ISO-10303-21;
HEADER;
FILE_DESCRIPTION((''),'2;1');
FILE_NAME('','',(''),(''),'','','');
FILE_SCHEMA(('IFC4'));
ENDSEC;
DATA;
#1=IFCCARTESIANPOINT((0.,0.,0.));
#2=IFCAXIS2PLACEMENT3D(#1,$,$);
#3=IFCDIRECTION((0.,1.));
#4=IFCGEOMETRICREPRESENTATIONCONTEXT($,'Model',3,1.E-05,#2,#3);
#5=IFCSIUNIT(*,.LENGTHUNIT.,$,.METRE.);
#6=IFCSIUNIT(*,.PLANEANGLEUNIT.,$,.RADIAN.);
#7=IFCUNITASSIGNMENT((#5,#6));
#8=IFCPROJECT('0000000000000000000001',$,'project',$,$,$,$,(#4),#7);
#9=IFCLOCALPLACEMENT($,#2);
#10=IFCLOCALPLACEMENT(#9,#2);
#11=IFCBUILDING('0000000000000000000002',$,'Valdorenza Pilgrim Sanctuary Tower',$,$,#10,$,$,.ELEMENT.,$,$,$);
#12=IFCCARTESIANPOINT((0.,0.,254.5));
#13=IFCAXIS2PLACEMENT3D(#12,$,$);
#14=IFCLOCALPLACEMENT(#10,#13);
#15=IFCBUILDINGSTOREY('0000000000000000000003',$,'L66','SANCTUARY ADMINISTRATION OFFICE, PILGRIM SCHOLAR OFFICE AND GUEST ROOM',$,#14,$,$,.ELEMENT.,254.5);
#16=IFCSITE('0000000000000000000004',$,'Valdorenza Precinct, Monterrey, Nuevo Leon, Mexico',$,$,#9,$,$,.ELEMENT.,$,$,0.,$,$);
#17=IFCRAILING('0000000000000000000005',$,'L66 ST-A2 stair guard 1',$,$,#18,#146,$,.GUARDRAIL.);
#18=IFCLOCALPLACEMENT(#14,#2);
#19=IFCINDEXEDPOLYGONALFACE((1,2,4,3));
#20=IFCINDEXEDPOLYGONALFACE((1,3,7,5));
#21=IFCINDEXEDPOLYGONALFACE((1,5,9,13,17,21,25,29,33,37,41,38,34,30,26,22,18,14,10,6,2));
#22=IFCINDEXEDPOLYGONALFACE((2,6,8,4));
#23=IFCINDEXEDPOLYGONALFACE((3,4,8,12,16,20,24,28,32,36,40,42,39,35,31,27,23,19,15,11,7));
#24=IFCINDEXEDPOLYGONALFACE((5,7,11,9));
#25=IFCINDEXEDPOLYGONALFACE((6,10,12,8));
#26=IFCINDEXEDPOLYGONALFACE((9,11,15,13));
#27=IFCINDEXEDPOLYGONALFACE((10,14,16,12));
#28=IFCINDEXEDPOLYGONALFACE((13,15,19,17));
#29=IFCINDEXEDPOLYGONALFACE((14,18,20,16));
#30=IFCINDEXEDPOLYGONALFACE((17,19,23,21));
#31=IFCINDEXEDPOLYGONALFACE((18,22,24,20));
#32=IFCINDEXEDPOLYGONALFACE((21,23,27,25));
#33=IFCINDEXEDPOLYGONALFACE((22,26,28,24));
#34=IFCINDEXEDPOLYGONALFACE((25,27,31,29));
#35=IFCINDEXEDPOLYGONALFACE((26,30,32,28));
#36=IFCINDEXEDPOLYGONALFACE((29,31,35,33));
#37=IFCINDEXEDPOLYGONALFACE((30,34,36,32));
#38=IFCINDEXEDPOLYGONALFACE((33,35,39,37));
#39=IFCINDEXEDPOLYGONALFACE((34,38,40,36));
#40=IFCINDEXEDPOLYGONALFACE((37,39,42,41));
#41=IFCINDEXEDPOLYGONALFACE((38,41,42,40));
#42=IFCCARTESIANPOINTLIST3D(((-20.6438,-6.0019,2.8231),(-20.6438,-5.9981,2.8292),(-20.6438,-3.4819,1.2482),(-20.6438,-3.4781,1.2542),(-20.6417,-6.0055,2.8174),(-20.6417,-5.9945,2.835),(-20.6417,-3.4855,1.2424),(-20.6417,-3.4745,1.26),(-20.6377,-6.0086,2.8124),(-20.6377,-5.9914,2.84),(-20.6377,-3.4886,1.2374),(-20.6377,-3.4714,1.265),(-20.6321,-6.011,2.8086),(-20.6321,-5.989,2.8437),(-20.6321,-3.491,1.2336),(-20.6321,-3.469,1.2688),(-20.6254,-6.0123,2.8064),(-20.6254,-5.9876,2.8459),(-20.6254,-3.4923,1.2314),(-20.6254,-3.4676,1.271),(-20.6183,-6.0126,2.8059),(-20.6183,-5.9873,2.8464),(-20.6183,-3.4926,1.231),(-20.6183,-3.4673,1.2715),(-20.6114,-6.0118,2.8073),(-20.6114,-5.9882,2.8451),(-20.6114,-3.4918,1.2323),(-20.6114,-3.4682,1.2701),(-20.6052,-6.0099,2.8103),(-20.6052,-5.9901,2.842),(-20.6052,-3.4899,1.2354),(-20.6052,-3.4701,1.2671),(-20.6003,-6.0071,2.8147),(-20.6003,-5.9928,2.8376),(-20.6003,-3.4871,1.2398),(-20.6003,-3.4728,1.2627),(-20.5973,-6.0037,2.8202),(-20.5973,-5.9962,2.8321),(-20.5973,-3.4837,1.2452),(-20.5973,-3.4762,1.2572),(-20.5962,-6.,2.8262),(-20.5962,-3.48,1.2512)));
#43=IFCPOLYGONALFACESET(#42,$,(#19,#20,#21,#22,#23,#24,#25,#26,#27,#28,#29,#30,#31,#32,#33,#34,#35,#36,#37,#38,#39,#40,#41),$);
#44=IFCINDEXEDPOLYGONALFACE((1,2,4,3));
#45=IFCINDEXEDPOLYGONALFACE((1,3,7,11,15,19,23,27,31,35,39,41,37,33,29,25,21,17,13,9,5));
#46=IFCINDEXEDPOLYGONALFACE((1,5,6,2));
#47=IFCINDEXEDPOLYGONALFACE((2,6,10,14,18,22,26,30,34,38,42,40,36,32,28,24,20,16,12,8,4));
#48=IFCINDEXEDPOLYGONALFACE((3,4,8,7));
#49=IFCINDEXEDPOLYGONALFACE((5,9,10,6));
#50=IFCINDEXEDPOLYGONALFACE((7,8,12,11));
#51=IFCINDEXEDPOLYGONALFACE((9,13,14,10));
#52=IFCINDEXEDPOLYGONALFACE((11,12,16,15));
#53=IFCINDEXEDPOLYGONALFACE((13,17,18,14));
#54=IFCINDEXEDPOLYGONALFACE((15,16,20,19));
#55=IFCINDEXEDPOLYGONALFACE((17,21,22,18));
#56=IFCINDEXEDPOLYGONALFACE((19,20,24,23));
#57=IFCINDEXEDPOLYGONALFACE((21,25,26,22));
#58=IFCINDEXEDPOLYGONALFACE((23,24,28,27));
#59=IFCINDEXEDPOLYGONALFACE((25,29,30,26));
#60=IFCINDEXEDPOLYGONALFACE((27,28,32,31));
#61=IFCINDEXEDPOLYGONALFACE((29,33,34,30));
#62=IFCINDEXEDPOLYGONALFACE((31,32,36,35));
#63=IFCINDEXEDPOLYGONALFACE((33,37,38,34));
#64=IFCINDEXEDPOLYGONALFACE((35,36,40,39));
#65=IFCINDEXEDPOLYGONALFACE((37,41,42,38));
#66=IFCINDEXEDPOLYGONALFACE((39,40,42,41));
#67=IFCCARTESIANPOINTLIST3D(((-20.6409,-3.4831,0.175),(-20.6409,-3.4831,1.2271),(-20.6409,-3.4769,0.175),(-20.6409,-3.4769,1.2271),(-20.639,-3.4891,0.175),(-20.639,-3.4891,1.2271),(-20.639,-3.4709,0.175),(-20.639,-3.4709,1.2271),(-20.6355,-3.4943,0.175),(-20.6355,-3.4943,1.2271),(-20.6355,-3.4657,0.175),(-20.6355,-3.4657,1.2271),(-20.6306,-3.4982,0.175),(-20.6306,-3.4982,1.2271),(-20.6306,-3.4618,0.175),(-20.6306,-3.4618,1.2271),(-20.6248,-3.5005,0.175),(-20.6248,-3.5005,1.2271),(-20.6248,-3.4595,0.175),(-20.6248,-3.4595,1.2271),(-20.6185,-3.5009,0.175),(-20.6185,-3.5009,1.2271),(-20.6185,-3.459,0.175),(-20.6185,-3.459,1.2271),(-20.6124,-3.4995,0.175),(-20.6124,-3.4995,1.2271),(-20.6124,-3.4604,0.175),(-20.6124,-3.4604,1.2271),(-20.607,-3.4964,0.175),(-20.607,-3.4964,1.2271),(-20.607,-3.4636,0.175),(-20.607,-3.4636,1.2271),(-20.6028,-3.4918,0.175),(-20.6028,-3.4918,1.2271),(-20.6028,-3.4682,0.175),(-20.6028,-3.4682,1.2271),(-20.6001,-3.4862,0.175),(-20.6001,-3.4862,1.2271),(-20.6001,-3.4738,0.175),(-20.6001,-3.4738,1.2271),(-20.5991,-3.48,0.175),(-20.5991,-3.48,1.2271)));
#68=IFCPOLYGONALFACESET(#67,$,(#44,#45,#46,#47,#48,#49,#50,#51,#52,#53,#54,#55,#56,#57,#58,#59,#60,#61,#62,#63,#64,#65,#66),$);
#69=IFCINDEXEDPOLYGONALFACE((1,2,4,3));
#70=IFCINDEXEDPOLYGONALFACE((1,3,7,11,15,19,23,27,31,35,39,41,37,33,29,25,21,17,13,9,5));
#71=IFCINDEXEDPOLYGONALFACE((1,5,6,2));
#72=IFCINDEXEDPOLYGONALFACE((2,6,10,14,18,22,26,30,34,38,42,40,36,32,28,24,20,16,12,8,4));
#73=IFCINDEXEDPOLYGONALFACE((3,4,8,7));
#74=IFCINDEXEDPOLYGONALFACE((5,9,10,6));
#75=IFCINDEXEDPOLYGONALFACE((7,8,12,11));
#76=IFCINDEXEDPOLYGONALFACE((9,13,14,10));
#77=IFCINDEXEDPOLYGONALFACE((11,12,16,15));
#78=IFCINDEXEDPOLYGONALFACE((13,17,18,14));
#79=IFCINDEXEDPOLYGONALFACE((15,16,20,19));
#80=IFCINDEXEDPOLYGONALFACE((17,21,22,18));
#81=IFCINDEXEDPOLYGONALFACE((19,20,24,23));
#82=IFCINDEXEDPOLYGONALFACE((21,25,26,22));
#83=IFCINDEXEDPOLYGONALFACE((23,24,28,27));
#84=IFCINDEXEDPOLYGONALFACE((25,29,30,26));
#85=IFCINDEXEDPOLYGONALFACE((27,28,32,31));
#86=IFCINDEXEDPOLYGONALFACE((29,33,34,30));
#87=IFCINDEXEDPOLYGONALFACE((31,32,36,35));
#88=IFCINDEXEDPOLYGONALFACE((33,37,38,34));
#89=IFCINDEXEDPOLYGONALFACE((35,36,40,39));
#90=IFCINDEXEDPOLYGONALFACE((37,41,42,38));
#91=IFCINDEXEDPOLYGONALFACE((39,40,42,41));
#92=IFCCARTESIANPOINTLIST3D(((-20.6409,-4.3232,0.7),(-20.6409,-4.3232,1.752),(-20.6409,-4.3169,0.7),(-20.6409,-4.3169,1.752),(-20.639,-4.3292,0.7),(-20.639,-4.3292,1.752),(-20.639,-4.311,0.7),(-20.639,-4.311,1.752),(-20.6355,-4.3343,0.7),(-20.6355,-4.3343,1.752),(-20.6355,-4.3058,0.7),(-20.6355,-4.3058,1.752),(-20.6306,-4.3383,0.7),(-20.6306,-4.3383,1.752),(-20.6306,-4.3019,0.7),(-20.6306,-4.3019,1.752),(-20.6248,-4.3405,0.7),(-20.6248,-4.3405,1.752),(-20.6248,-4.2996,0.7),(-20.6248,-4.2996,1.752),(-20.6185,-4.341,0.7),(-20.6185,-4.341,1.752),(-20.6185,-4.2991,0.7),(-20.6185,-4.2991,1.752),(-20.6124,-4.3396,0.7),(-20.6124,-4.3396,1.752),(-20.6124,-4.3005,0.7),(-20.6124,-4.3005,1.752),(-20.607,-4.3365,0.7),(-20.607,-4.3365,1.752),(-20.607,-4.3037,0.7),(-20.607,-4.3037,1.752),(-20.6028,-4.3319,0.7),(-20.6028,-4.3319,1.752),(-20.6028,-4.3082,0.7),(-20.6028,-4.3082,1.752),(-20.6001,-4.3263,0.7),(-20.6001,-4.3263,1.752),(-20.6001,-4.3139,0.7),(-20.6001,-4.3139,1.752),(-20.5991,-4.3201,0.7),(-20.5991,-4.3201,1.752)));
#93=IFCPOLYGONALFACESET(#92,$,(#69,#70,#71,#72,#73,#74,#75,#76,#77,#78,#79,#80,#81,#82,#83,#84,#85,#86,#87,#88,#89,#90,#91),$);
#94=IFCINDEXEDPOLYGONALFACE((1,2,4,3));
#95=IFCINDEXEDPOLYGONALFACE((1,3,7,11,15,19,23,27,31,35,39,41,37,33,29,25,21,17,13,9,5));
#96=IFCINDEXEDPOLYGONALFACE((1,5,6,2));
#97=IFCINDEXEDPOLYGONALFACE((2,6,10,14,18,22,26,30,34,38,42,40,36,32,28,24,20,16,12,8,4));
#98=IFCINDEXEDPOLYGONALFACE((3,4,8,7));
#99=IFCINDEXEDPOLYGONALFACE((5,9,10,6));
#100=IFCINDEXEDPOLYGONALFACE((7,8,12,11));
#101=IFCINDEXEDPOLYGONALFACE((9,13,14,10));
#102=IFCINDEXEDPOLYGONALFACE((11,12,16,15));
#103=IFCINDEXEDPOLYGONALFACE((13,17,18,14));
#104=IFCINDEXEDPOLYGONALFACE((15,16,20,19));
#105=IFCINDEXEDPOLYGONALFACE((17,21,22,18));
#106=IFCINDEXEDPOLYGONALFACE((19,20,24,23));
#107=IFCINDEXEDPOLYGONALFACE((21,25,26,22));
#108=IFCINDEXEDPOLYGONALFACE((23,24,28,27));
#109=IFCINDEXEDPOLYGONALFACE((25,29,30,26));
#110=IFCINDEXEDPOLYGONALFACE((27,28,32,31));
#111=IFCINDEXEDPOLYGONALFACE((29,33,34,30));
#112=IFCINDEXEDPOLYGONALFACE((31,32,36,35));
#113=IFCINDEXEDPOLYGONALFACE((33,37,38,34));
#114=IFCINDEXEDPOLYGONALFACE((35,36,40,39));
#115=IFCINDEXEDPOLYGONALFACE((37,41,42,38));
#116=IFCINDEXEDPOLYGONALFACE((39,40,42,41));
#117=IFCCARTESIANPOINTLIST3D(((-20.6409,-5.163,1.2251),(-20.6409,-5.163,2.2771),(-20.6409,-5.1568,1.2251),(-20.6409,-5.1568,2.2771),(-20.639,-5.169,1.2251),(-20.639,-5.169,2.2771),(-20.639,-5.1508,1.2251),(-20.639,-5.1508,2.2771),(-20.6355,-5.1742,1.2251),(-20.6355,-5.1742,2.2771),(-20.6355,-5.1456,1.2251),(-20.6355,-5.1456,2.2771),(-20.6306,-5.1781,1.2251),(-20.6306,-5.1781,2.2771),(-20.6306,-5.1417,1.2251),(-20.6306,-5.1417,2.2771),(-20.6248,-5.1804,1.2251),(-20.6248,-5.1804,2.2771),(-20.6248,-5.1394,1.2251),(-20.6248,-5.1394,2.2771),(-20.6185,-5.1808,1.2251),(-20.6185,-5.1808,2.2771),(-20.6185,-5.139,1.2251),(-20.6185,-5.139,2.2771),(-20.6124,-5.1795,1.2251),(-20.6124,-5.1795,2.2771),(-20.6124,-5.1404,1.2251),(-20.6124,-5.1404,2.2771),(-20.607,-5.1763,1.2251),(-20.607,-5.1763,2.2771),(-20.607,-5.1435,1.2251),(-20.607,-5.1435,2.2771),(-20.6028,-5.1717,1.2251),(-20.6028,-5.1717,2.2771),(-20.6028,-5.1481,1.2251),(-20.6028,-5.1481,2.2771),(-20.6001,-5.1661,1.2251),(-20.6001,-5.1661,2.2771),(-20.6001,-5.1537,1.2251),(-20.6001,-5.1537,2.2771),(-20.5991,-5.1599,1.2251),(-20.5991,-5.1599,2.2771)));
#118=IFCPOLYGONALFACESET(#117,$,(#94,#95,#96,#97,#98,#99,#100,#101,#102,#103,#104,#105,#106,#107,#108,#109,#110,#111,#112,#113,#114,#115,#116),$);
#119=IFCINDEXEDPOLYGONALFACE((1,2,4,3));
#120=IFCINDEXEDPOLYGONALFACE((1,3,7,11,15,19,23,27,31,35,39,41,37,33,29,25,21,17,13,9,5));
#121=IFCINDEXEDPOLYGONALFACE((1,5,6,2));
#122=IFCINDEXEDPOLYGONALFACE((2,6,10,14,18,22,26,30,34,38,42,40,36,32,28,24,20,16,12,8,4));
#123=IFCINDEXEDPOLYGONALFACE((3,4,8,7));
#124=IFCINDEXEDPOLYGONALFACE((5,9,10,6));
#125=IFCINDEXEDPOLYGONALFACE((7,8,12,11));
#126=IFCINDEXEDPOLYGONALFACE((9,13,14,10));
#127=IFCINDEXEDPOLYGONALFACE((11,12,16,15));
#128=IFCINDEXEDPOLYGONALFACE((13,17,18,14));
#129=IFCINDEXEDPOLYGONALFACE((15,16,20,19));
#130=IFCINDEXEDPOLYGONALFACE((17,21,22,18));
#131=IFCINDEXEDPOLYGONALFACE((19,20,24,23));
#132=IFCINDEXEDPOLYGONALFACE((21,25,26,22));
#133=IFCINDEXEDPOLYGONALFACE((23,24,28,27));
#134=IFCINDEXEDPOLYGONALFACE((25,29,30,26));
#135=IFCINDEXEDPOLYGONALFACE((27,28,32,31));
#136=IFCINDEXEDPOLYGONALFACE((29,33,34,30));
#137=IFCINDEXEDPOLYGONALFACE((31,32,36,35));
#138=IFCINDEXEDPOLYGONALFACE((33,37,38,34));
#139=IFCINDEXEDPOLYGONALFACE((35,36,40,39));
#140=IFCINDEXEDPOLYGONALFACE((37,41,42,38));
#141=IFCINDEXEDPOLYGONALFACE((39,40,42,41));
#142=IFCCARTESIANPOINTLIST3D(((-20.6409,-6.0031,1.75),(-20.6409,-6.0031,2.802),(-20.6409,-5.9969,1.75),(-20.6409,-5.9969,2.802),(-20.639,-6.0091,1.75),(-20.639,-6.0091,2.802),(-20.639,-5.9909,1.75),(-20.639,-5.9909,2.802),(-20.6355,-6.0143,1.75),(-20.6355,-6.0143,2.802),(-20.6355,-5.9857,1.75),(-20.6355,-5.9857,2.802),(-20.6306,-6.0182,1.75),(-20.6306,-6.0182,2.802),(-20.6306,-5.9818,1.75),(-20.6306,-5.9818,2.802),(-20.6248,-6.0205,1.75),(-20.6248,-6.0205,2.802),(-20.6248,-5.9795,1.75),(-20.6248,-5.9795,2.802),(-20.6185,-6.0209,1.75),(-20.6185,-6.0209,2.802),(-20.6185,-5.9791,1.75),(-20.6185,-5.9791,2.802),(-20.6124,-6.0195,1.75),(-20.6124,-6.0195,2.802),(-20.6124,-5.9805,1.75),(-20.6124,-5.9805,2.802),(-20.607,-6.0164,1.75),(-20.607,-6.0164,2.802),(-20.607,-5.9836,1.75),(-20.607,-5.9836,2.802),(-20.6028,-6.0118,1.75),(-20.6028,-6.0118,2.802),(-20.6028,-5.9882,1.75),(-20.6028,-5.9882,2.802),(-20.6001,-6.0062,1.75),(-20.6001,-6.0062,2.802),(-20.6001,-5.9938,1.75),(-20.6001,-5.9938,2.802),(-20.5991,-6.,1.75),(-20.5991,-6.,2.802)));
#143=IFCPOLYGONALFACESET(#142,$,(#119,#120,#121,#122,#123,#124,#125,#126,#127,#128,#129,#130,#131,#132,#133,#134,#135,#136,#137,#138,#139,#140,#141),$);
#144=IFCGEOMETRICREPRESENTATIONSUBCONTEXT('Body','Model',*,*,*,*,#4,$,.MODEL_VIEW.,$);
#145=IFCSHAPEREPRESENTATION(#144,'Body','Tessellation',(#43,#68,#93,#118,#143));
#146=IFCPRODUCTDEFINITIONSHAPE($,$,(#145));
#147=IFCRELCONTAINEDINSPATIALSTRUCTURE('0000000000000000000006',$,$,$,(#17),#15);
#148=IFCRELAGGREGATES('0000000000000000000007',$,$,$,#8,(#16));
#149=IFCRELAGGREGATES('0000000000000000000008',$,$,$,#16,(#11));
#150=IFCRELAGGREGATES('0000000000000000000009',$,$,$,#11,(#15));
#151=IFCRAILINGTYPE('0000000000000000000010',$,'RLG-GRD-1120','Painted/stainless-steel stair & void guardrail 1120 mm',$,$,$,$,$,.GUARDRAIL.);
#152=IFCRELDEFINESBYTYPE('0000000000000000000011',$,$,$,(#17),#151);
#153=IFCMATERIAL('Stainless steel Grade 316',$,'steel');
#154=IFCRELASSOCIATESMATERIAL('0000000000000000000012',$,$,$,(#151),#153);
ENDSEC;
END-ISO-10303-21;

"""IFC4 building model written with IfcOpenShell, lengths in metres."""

from ifc_helpers import new_model, si_unit, direction, frame, origin, origin_2d, place, context, subcontext, project, spatial, circle, extrude, material, type_object, element, save


model = new_model("IFC4")

# Units and contexts
model_context = context("Model", 3, precision=1e-05, world=origin(), true_north=direction((0.0, 1.0)))
body_context = subcontext(model_context, "Body", "Model", "MODEL_VIEW")
ifc_project = project(units=[si_unit("LENGTHUNIT", "METRE"), si_unit("PLANEANGLEUNIT", "RADIAN")], contexts=[model_context])

# Site, building, storey
site_placement = place(None, origin())
site = spatial("IfcSite", under=ifc_project, at=site_placement, Name="Valdorenza Precinct, Monterrey, Nuevo Leon, Mexico", CompositionType="ELEMENT", RefElevation=0.0)
building_placement = place(site_placement, origin())
building = spatial("IfcBuilding", under=site, at=building_placement, Name="Valdorenza Pilgrim Sanctuary Tower", CompositionType="ELEMENT")
storey_placement = place(building_placement, frame((0.0, 0.0, 254.5)))
storey = spatial("IfcBuildingStorey", under=building, at=storey_placement, Name="L66", Description="SANCTUARY ADMINISTRATION OFFICE, PILGRIM SCHOLAR OFFICE AND GUEST ROOM", CompositionType="ELEMENT", Elevation=254.5)

# Railing
ifc_material_1 = material(Name="Stainless steel Grade 316", Category="steel")
railing_type_1 = type_object("IfcRailingType", Name="RLG-GRD-1120", Description="Painted/stainless-steel stair & void guardrail 1120 mm", PredefinedType="GUARDRAIL", material=ifc_material_1)
railing_1_placement = place(storey_placement, frame((-20.6201, -3.48, 0.175)))
element("IfcRailing", 1, at=railing_1_placement, inside=storey, type_object=railing_type_1, Name="L66 ST-A2 stair guard 1", PredefinedType="GUARDRAIL", context=body_context, shape_type="SweptSolid", body=[
    extrude(circle(Radius=0.0239, at=origin_2d()), frame((0.0, 0.0, 1.0762), z_axis=(0.0, -0.848008, 0.529984), x_axis=(1.0, 0.0, 0.0)), (0.0, 0.0, 1.0), 2.9717),
    extrude(circle(Radius=0.021, at=origin_2d()), origin(), (0.0, 0.0, 1.0), 1.052),
    extrude(circle(Radius=0.021, at=origin_2d()), frame((0.0, -0.8401, 0.5249)), (0.0, 0.0, 1.0), 1.052),
    extrude(circle(Radius=0.021, at=origin_2d()), frame((0.0, -1.6799, 1.05)), (0.0, 0.0, 1.0), 1.052),
    extrude(circle(Radius=0.021, at=origin_2d()), frame((0.0, -2.52, 1.575)), (0.0, 0.0, 1.0), 1.052),
])

save(model, "model.ifc")
